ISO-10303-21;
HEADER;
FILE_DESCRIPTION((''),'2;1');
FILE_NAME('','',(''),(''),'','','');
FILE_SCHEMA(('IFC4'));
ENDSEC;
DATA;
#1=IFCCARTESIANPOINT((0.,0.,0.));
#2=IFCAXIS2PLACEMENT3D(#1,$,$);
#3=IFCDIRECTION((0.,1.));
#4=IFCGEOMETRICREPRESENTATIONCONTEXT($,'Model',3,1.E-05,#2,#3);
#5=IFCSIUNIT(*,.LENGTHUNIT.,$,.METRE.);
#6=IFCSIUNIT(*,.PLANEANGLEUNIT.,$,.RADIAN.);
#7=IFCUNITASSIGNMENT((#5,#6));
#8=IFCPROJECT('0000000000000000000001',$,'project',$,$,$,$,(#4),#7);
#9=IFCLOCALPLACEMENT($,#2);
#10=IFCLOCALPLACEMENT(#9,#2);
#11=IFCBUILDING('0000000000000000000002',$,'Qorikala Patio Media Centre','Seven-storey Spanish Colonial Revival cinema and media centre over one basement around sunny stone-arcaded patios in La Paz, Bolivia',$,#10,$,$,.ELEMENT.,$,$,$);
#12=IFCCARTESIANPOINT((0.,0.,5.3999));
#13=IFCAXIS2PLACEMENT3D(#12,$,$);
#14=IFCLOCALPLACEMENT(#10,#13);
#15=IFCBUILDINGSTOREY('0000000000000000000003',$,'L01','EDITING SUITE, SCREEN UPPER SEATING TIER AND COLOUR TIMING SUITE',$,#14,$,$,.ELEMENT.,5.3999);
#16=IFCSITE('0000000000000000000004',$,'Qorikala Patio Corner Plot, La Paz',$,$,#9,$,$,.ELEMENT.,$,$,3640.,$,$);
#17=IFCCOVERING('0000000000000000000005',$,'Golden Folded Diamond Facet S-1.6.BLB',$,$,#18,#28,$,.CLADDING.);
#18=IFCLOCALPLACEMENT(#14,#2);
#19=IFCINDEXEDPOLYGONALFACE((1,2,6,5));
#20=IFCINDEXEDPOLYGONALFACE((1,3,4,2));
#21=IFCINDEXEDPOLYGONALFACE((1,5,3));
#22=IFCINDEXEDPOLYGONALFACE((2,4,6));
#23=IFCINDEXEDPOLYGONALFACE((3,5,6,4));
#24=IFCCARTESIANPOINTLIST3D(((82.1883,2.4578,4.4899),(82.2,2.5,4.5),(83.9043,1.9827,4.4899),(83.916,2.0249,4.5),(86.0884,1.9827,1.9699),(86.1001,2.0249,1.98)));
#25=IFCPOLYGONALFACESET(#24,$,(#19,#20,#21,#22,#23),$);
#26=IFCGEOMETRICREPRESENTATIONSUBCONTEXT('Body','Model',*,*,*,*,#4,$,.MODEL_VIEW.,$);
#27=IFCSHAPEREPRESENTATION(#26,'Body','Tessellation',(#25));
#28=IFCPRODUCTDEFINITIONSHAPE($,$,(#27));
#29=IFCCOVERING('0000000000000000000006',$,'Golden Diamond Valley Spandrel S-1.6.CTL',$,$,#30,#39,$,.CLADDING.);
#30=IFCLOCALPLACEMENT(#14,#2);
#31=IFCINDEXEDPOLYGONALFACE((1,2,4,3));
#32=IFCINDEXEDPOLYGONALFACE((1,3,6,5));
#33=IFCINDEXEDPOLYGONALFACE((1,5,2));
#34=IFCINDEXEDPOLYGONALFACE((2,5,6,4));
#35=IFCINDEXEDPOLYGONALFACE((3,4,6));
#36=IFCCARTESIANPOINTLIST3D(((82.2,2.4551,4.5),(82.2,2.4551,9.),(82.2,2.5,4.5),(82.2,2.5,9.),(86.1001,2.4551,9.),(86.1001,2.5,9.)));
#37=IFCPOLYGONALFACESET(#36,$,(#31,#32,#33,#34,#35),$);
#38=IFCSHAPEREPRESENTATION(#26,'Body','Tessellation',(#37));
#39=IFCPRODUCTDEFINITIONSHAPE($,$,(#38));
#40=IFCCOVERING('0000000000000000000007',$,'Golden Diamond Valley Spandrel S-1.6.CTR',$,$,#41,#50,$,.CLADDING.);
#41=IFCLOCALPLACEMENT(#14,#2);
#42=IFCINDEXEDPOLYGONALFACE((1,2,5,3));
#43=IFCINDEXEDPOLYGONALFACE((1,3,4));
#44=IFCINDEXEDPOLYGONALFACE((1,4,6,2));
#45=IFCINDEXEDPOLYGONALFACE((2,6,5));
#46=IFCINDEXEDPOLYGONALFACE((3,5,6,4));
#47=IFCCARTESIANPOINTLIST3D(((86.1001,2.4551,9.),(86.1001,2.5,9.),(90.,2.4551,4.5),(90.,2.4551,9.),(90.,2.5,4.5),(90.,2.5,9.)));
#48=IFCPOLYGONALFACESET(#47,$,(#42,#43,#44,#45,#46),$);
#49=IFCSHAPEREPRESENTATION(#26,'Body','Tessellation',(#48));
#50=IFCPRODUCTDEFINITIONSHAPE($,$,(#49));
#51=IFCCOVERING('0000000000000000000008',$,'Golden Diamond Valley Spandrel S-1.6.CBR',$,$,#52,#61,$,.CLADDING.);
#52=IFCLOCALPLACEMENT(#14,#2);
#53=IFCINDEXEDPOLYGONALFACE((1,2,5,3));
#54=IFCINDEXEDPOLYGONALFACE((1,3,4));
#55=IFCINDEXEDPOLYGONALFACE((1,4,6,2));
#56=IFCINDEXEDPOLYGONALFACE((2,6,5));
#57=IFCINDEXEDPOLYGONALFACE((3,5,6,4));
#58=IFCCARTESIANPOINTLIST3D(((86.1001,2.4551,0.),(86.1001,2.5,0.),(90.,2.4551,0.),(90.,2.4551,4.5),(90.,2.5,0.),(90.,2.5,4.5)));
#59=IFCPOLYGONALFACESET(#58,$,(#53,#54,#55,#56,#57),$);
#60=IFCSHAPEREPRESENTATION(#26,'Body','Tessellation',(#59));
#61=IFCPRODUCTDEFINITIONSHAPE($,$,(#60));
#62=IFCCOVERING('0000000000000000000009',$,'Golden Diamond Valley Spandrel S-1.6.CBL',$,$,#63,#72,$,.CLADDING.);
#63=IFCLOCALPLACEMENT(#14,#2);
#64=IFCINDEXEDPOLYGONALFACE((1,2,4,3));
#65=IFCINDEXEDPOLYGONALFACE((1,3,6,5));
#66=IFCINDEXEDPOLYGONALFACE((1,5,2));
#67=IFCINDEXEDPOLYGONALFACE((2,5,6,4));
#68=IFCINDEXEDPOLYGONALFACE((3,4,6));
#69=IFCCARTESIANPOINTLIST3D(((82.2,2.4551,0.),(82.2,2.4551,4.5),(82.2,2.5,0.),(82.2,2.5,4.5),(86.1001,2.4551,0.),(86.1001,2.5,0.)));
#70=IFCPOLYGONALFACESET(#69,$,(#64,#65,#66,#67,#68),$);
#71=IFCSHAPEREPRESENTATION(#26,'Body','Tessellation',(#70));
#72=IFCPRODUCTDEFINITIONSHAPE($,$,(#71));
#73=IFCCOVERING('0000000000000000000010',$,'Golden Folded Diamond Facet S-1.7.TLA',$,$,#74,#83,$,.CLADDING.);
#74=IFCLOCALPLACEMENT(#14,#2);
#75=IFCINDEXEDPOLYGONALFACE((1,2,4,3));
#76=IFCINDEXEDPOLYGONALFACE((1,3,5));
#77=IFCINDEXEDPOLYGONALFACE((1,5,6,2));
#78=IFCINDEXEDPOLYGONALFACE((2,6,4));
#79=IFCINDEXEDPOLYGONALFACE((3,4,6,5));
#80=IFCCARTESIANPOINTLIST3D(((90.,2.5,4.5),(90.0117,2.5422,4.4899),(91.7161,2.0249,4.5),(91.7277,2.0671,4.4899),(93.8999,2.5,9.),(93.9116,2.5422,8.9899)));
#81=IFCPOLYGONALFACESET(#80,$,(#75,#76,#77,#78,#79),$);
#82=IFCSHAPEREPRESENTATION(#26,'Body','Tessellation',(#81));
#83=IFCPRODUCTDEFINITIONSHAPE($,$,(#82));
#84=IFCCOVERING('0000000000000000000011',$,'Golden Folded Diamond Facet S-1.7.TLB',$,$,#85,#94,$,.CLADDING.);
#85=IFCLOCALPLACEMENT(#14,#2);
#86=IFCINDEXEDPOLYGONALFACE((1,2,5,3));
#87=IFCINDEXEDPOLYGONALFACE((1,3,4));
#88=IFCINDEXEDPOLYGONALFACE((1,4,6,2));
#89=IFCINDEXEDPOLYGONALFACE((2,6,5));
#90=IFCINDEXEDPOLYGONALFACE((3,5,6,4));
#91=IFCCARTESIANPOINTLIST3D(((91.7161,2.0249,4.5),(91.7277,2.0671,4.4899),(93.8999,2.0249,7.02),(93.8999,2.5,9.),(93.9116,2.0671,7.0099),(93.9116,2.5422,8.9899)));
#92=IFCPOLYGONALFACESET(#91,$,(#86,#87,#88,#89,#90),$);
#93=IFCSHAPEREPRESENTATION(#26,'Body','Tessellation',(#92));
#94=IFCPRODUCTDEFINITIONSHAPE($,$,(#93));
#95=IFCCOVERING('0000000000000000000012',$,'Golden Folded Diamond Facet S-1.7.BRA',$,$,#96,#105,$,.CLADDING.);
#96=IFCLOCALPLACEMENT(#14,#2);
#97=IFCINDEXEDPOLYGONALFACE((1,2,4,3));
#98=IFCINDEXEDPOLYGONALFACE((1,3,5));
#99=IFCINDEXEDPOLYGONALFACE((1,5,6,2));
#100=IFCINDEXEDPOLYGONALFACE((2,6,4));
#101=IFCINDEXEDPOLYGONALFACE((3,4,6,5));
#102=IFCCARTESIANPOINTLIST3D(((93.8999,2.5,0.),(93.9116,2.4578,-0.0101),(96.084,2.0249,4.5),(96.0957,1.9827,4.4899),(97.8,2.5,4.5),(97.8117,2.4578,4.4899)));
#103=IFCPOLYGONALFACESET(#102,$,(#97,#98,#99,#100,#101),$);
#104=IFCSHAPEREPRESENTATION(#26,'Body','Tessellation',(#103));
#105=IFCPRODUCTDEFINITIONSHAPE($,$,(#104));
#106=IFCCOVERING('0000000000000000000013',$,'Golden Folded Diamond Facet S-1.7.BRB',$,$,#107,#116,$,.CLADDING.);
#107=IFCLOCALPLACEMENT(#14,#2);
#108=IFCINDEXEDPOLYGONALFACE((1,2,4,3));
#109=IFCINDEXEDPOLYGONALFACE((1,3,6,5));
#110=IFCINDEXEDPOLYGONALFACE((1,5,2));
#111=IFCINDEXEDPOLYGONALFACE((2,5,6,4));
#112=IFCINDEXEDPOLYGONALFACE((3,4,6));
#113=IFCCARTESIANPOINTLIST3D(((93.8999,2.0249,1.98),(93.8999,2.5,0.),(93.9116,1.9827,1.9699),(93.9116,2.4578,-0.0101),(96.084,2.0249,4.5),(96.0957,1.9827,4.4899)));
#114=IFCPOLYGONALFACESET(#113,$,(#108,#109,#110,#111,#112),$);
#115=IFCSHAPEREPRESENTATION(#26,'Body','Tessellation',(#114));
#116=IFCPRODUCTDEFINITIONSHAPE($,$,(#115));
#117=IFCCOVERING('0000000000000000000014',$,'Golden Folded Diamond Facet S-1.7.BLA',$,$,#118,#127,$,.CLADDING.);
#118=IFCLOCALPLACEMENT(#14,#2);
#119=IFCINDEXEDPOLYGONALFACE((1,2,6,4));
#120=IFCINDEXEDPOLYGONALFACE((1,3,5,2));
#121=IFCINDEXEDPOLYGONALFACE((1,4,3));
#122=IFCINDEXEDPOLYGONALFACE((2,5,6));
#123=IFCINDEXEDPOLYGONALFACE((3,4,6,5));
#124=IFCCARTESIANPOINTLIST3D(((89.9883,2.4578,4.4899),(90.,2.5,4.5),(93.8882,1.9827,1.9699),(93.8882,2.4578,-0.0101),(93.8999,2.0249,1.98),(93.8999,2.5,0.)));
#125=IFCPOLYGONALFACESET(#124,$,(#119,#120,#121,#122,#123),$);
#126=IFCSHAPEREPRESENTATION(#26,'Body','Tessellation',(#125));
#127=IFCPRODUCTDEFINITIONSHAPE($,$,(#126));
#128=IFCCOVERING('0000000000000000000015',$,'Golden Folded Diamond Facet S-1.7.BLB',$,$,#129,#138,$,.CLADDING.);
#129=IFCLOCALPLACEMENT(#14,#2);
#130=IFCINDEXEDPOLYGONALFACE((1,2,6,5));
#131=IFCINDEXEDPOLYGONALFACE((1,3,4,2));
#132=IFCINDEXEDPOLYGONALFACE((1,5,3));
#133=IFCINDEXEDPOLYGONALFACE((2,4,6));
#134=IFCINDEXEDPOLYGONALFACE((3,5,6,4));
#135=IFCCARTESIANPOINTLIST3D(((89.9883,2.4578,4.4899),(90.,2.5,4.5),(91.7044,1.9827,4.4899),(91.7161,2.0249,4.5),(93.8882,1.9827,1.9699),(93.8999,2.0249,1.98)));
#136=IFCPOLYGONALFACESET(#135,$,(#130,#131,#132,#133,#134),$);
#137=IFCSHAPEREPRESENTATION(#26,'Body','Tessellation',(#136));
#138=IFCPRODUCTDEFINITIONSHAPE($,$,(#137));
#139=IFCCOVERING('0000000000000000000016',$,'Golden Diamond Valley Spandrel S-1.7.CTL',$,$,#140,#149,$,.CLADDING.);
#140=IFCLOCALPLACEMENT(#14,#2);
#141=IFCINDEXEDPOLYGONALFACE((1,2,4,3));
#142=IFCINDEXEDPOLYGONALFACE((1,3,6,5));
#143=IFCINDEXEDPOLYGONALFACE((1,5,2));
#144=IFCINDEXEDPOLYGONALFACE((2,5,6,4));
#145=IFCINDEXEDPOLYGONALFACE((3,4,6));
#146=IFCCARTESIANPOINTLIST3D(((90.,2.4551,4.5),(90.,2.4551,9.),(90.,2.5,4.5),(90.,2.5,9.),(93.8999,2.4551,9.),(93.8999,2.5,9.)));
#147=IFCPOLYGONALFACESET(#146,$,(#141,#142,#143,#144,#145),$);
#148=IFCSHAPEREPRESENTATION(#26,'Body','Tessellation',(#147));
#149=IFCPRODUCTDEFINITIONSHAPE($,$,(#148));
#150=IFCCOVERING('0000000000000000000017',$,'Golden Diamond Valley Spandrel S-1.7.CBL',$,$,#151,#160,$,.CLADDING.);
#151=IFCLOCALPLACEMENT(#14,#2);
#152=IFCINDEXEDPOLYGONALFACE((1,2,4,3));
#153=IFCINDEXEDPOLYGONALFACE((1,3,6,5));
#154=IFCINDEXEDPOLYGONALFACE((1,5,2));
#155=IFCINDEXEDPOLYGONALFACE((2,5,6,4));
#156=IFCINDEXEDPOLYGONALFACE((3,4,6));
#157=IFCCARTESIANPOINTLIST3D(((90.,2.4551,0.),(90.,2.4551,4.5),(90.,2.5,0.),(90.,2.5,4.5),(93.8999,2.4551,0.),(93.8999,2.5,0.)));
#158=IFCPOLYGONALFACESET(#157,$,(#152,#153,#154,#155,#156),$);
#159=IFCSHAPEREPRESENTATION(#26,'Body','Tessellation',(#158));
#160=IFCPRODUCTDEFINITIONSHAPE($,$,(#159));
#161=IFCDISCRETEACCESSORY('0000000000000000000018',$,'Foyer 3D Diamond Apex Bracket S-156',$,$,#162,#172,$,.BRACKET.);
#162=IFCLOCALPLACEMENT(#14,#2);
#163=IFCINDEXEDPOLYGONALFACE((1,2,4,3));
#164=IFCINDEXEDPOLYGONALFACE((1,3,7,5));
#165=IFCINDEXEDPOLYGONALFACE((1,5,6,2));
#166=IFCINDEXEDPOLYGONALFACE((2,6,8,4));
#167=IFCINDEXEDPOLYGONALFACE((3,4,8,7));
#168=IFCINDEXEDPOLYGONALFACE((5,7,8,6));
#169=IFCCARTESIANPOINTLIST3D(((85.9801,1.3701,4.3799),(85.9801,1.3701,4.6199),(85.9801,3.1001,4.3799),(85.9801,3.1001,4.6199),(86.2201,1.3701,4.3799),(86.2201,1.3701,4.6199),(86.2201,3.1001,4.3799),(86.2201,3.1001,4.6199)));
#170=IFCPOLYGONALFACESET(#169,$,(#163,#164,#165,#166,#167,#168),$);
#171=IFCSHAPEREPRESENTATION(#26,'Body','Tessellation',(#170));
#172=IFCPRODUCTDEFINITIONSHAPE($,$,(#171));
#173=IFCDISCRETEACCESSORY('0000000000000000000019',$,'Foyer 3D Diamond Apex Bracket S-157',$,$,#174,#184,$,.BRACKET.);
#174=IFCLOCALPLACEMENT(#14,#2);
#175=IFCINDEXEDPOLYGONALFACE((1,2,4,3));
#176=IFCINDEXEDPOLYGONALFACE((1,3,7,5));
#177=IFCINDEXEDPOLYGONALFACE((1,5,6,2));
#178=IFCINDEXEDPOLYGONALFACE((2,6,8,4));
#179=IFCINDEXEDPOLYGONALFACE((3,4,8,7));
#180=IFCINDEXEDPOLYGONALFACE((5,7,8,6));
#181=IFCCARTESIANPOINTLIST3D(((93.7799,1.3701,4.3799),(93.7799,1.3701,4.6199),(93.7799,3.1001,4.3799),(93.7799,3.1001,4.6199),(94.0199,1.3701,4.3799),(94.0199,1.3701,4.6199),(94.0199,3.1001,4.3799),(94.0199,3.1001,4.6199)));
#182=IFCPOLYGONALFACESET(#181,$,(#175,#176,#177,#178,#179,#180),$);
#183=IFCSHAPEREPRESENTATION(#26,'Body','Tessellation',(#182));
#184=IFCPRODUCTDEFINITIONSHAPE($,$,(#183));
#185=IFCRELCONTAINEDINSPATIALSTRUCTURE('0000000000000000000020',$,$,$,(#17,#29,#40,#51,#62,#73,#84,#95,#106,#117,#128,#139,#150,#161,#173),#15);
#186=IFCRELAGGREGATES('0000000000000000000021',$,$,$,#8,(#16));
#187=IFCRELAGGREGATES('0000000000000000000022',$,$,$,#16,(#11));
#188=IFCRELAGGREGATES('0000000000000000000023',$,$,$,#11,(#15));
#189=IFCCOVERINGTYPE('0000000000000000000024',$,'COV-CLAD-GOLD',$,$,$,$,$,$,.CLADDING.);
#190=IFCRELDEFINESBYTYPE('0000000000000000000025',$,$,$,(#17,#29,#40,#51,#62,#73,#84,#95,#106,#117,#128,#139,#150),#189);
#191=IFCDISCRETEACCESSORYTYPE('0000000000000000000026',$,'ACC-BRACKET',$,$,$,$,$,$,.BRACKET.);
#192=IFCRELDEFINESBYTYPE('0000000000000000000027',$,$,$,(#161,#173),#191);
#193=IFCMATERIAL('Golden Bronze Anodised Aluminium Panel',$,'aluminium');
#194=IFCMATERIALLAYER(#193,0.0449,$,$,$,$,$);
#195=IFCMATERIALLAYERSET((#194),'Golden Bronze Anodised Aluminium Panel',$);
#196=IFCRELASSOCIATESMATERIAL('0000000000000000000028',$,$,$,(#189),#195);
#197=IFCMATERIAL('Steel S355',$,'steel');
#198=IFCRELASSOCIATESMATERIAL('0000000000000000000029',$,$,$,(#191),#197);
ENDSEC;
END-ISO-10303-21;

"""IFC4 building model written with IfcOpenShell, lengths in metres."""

from ifc_helpers import new_model, si_unit, direction, frame, origin, origin_2d, place, context, subcontext, project, spatial, polyline, rectangle, outline, extrude, material, layer, layer_set, type_object, element, save


model = new_model("IFC4")

# Units and contexts
model_context = context("Model", 3, precision=1e-05, world=origin(), true_north=direction((0.0, 1.0)))
body_context = subcontext(model_context, "Body", "Model", "MODEL_VIEW")
ifc_project = project(units=[si_unit("LENGTHUNIT", "METRE"), si_unit("PLANEANGLEUNIT", "RADIAN")], contexts=[model_context])

# Site, building, storey
site_placement = place(None, origin())
site = spatial("IfcSite", under=ifc_project, at=site_placement, Name="Qorikala Patio Corner Plot, La Paz", CompositionType="ELEMENT", RefElevation=3640.0)
building_placement = place(site_placement, origin())
building = spatial("IfcBuilding", under=site, at=building_placement, Name="Qorikala Patio Media Centre", Description="Seven-storey Spanish Colonial Revival cinema and media centre over one basement around sunny stone-arcaded patios in La Paz, Bolivia", CompositionType="ELEMENT")
storey_placement = place(building_placement, frame((0.0, 0.0, 5.3999)))
storey = spatial("IfcBuildingStorey", under=building, at=storey_placement, Name="L01", Description="EDITING SUITE, SCREEN UPPER SEATING TIER AND COLOUR TIMING SUITE", CompositionType="ELEMENT", Elevation=5.3999)

# Coverings
ifc_material_1 = material(Name="Golden Bronze Anodised Aluminium Panel", Category="aluminium")
ifc_layer_1 = layer(ifc_material_1, 0.0449)
ifc_layer_set_1 = layer_set([ifc_layer_1], Name="Golden Bronze Anodised Aluminium Panel")
covering_type = type_object("IfcCoveringType", Name="COV-CLAD-GOLD", PredefinedType="CLADDING", material=ifc_layer_set_1)
covering_1_placement = place(storey_placement, frame((82.2, 2.5, 4.5), z_axis=(0.259956, 0.938968, 0.225302), x_axis=(0.835562, -0.101784, -0.539885)))
element("IfcCovering", 1, at=covering_1_placement, inside=storey, type_object=covering_type, Name="Golden Folded Diamond Facet S-1.6.BLB", PredefinedType="CLADDING", context=body_context, shape_type="SweptSolid", body=[
    extrude(outline(polyline([(0.0, 0.0), (4.6677, 0.0), (1.4822, -0.9867), (0.0, 0.0)])), origin(), (0.0, 0.0, -1.0), 0.0449),
])
covering_2_placement = place(storey_placement, frame((82.2, 2.5, 9.0), z_axis=(0.0, 1.0, 0.0), x_axis=(1.0, 0.0, 0.0)))
element("IfcCovering", 2, at=covering_2_placement, inside=storey, type_object=covering_type, Name="Golden Diamond Valley Spandrel S-1.6.CTL", PredefinedType="CLADDING", context=body_context, shape_type="SweptSolid", body=[
    extrude(outline(polyline([(0.0, 0.0), (3.9001, 0.0), (0.0, 4.5), (0.0, 0.0)])), origin(), (0.0, 0.0, -1.0), 0.0449),
])
covering_3_placement = place(storey_placement, frame((90.0, 2.5, 9.0), z_axis=(0.0, 1.0, 0.0), x_axis=(0.0, 0.0, -1.0)))
element("IfcCovering", 3, at=covering_3_placement, inside=storey, type_object=covering_type, Name="Golden Diamond Valley Spandrel S-1.6.CTR", PredefinedType="CLADDING", context=body_context, shape_type="SweptSolid", body=[
    extrude(outline(polyline([(0.0, 0.0), (4.5, 0.0), (0.0, 3.8999), (0.0, 0.0)])), origin(), (0.0, 0.0, -1.0), 0.0449),
])
covering_4_placement = place(storey_placement, frame((90.0, 2.5, 0.0), z_axis=(0.0, 1.0, 0.0), x_axis=(-1.0, 0.0, 0.0)))
element("IfcCovering", 4, at=covering_4_placement, inside=storey, type_object=covering_type, Name="Golden Diamond Valley Spandrel S-1.6.CBR", PredefinedType="CLADDING", context=body_context, shape_type="SweptSolid", body=[
    extrude(outline(polyline([(0.0, 0.0), (3.8999, 0.0), (0.0, 4.5), (0.0, 0.0)])), origin(), (0.0, 0.0, -1.0), 0.0449),
])
covering_5_placement = place(storey_placement, frame((82.2, 2.5, 0.0), z_axis=(0.0, 1.0, 0.0), x_axis=(0.0, 0.0, 1.0)))
element("IfcCovering", 5, at=covering_5_placement, inside=storey, type_object=covering_type, Name="Golden Diamond Valley Spandrel S-1.6.CBL", PredefinedType="CLADDING", context=body_context, shape_type="SweptSolid", body=[
    extrude(outline(polyline([(0.0, 0.0), (4.5, 0.0), (0.0, 3.9001), (0.0, 0.0)])), origin(), (0.0, 0.0, -1.0), 0.0449),
])
covering_6_placement = place(storey_placement, frame((93.8999, 2.5, 9.0), z_axis=(-0.259957, -0.938971, 0.22529), x_axis=(-0.654921, 0.0, -0.755697)))
element("IfcCovering", 6, at=covering_6_placement, inside=storey, type_object=covering_type, Name="Golden Folded Diamond Facet S-1.7.TLA", PredefinedType="CLADDING", context=body_context, shape_type="SweptSolid", body=[
    extrude(outline(polyline([(0.0, 0.0), (5.9548, 0.0), (4.8309, 1.3811), (0.0, 0.0)])), origin(), (0.0, 0.0, -1.0), 0.0449),
])
covering_7_placement = place(storey_placement, frame((93.8999, 2.5, 9.0), z_axis=(-0.259987, -0.938959, 0.225304), x_axis=(-0.434644, -0.094558, -0.895625)))
element("IfcCovering", 7, at=covering_7_placement, inside=storey, type_object=covering_type, Name="Golden Folded Diamond Facet S-1.7.TLB", PredefinedType="CLADDING", context=body_context, shape_type="SweptSolid", body=[
    extrude(outline(polyline([(0.0, 0.0), (5.0244, 0.0), (1.8182, 0.9165), (0.0, 0.0)])), origin(), (0.0, 0.0, -1.0), 0.0449),
])
covering_8_placement = place(storey_placement, frame((93.8999, 2.5, 0.0), z_axis=(-0.259956, 0.938968, 0.225304), x_axis=(0.654945, 0.0, 0.755677)))
element("IfcCovering", 8, at=covering_8_placement, inside=storey, type_object=covering_type, Name="Golden Folded Diamond Facet S-1.7.BRA", PredefinedType="CLADDING", context=body_context, shape_type="SweptSolid", body=[
    extrude(outline(polyline([(0.0, 0.0), (5.9549, 0.0), (4.831, -1.3811), (0.0, 0.0)])), origin(), (0.0, 0.0, -1.0), 0.0449),
])
covering_9_placement = place(storey_placement, frame((93.8999, 2.5, 0.0), z_axis=(-0.25996, 0.938966, 0.225306), x_axis=(0.434684, -0.094556, 0.895606)))
element("IfcCovering", 9, at=covering_9_placement, inside=storey, type_object=covering_type, Name="Golden Folded Diamond Facet S-1.7.BRB", PredefinedType="CLADDING", context=body_context, shape_type="SweptSolid", body=[
    extrude(outline(polyline([(0.0, 0.0), (5.0245, 0.0), (1.8182, -0.9166), (0.0, 0.0)])), origin(), (0.0, 0.0, -1.0), 0.0449),
])
covering_10_placement = place(storey_placement, frame((90.0, 2.5, 4.5), z_axis=(0.259974, 0.938963, 0.225305), x_axis=(0.654921, 0.0, -0.755697)))
element("IfcCovering", 10, at=covering_10_placement, inside=storey, type_object=covering_type, Name="Golden Folded Diamond Facet S-1.7.BLA", PredefinedType="CLADDING", context=body_context, shape_type="SweptSolid", body=[
    extrude(outline(polyline([(0.0, 0.0), (5.9548, 0.0), (4.4585, -1.381), (0.0, 0.0)])), origin(), (0.0, 0.0, -1.0), 0.0449),
])
covering_11_placement = place(storey_placement, frame((90.0, 2.5, 4.5), z_axis=(0.259958, 0.938974, 0.225278), x_axis=(0.835546, -0.101789, -0.539909)))
element("IfcCovering", 11, at=covering_11_placement, inside=storey, type_object=covering_type, Name="Golden Folded Diamond Facet S-1.7.BLB", PredefinedType="CLADDING", context=body_context, shape_type="SweptSolid", body=[
    extrude(outline(polyline([(0.0, 0.0), (4.6675, 0.0), (1.4822, -0.9867), (0.0, 0.0)])), origin(), (0.0, 0.0, -1.0), 0.0449),
])
covering_12_placement = place(storey_placement, frame((90.0, 2.5, 9.0), z_axis=(0.0, 1.0, 0.0), x_axis=(1.0, 0.0, 0.0)))
element("IfcCovering", 12, at=covering_12_placement, inside=storey, type_object=covering_type, Name="Golden Diamond Valley Spandrel S-1.7.CTL", PredefinedType="CLADDING", context=body_context, shape_type="SweptSolid", body=[
    extrude(outline(polyline([(0.0, 0.0), (3.8999, 0.0), (0.0, 4.5), (0.0, 0.0)])), origin(), (0.0, 0.0, -1.0), 0.0449),
])
covering_13_placement = place(storey_placement, frame((90.0, 2.5, 0.0), z_axis=(0.0, 1.0, 0.0), x_axis=(0.0, 0.0, 1.0)))
element("IfcCovering", 13, at=covering_13_placement, inside=storey, type_object=covering_type, Name="Golden Diamond Valley Spandrel S-1.7.CBL", PredefinedType="CLADDING", context=body_context, shape_type="SweptSolid", body=[
    extrude(outline(polyline([(0.0, 0.0), (4.5, 0.0), (0.0, 3.8999), (0.0, 0.0)])), origin(), (0.0, 0.0, -1.0), 0.0449),
])

# Discrete accessories
ifc_material_2 = material(Name="Steel S355", Category="steel")
discrete_accessory_type = type_object("IfcDiscreteAccessoryType", Name="ACC-BRACKET", PredefinedType="BRACKET", material=ifc_material_2)
for number, where, z_axis, x_axis, name in (
    (14, (86.1001, 2.2351, 4.3799), (0.0, 0.0, 1.0), (1.0, 0.0, 0.0), "Foyer 3D Diamond Apex Bracket S-156"),
    (15, (93.8999, 2.2351, 4.3799), (0.0, 0.0, 1.0), (1.0, 0.0, 0.0), "Foyer 3D Diamond Apex Bracket S-157"),
):
    element("IfcDiscreteAccessory", number, at=place(storey_placement, frame(where, z_axis=z_axis, x_axis=x_axis)), inside=storey, type_object=discrete_accessory_type, Name=name, PredefinedType="BRACKET", context=body_context, shape_type="SweptSolid", body=[
        extrude(rectangle(XDim=0.24, YDim=1.73, at=origin_2d()), origin(), (0.0, 0.0, 1.0), 0.24),
    ])

save(model, "model.ifc")
